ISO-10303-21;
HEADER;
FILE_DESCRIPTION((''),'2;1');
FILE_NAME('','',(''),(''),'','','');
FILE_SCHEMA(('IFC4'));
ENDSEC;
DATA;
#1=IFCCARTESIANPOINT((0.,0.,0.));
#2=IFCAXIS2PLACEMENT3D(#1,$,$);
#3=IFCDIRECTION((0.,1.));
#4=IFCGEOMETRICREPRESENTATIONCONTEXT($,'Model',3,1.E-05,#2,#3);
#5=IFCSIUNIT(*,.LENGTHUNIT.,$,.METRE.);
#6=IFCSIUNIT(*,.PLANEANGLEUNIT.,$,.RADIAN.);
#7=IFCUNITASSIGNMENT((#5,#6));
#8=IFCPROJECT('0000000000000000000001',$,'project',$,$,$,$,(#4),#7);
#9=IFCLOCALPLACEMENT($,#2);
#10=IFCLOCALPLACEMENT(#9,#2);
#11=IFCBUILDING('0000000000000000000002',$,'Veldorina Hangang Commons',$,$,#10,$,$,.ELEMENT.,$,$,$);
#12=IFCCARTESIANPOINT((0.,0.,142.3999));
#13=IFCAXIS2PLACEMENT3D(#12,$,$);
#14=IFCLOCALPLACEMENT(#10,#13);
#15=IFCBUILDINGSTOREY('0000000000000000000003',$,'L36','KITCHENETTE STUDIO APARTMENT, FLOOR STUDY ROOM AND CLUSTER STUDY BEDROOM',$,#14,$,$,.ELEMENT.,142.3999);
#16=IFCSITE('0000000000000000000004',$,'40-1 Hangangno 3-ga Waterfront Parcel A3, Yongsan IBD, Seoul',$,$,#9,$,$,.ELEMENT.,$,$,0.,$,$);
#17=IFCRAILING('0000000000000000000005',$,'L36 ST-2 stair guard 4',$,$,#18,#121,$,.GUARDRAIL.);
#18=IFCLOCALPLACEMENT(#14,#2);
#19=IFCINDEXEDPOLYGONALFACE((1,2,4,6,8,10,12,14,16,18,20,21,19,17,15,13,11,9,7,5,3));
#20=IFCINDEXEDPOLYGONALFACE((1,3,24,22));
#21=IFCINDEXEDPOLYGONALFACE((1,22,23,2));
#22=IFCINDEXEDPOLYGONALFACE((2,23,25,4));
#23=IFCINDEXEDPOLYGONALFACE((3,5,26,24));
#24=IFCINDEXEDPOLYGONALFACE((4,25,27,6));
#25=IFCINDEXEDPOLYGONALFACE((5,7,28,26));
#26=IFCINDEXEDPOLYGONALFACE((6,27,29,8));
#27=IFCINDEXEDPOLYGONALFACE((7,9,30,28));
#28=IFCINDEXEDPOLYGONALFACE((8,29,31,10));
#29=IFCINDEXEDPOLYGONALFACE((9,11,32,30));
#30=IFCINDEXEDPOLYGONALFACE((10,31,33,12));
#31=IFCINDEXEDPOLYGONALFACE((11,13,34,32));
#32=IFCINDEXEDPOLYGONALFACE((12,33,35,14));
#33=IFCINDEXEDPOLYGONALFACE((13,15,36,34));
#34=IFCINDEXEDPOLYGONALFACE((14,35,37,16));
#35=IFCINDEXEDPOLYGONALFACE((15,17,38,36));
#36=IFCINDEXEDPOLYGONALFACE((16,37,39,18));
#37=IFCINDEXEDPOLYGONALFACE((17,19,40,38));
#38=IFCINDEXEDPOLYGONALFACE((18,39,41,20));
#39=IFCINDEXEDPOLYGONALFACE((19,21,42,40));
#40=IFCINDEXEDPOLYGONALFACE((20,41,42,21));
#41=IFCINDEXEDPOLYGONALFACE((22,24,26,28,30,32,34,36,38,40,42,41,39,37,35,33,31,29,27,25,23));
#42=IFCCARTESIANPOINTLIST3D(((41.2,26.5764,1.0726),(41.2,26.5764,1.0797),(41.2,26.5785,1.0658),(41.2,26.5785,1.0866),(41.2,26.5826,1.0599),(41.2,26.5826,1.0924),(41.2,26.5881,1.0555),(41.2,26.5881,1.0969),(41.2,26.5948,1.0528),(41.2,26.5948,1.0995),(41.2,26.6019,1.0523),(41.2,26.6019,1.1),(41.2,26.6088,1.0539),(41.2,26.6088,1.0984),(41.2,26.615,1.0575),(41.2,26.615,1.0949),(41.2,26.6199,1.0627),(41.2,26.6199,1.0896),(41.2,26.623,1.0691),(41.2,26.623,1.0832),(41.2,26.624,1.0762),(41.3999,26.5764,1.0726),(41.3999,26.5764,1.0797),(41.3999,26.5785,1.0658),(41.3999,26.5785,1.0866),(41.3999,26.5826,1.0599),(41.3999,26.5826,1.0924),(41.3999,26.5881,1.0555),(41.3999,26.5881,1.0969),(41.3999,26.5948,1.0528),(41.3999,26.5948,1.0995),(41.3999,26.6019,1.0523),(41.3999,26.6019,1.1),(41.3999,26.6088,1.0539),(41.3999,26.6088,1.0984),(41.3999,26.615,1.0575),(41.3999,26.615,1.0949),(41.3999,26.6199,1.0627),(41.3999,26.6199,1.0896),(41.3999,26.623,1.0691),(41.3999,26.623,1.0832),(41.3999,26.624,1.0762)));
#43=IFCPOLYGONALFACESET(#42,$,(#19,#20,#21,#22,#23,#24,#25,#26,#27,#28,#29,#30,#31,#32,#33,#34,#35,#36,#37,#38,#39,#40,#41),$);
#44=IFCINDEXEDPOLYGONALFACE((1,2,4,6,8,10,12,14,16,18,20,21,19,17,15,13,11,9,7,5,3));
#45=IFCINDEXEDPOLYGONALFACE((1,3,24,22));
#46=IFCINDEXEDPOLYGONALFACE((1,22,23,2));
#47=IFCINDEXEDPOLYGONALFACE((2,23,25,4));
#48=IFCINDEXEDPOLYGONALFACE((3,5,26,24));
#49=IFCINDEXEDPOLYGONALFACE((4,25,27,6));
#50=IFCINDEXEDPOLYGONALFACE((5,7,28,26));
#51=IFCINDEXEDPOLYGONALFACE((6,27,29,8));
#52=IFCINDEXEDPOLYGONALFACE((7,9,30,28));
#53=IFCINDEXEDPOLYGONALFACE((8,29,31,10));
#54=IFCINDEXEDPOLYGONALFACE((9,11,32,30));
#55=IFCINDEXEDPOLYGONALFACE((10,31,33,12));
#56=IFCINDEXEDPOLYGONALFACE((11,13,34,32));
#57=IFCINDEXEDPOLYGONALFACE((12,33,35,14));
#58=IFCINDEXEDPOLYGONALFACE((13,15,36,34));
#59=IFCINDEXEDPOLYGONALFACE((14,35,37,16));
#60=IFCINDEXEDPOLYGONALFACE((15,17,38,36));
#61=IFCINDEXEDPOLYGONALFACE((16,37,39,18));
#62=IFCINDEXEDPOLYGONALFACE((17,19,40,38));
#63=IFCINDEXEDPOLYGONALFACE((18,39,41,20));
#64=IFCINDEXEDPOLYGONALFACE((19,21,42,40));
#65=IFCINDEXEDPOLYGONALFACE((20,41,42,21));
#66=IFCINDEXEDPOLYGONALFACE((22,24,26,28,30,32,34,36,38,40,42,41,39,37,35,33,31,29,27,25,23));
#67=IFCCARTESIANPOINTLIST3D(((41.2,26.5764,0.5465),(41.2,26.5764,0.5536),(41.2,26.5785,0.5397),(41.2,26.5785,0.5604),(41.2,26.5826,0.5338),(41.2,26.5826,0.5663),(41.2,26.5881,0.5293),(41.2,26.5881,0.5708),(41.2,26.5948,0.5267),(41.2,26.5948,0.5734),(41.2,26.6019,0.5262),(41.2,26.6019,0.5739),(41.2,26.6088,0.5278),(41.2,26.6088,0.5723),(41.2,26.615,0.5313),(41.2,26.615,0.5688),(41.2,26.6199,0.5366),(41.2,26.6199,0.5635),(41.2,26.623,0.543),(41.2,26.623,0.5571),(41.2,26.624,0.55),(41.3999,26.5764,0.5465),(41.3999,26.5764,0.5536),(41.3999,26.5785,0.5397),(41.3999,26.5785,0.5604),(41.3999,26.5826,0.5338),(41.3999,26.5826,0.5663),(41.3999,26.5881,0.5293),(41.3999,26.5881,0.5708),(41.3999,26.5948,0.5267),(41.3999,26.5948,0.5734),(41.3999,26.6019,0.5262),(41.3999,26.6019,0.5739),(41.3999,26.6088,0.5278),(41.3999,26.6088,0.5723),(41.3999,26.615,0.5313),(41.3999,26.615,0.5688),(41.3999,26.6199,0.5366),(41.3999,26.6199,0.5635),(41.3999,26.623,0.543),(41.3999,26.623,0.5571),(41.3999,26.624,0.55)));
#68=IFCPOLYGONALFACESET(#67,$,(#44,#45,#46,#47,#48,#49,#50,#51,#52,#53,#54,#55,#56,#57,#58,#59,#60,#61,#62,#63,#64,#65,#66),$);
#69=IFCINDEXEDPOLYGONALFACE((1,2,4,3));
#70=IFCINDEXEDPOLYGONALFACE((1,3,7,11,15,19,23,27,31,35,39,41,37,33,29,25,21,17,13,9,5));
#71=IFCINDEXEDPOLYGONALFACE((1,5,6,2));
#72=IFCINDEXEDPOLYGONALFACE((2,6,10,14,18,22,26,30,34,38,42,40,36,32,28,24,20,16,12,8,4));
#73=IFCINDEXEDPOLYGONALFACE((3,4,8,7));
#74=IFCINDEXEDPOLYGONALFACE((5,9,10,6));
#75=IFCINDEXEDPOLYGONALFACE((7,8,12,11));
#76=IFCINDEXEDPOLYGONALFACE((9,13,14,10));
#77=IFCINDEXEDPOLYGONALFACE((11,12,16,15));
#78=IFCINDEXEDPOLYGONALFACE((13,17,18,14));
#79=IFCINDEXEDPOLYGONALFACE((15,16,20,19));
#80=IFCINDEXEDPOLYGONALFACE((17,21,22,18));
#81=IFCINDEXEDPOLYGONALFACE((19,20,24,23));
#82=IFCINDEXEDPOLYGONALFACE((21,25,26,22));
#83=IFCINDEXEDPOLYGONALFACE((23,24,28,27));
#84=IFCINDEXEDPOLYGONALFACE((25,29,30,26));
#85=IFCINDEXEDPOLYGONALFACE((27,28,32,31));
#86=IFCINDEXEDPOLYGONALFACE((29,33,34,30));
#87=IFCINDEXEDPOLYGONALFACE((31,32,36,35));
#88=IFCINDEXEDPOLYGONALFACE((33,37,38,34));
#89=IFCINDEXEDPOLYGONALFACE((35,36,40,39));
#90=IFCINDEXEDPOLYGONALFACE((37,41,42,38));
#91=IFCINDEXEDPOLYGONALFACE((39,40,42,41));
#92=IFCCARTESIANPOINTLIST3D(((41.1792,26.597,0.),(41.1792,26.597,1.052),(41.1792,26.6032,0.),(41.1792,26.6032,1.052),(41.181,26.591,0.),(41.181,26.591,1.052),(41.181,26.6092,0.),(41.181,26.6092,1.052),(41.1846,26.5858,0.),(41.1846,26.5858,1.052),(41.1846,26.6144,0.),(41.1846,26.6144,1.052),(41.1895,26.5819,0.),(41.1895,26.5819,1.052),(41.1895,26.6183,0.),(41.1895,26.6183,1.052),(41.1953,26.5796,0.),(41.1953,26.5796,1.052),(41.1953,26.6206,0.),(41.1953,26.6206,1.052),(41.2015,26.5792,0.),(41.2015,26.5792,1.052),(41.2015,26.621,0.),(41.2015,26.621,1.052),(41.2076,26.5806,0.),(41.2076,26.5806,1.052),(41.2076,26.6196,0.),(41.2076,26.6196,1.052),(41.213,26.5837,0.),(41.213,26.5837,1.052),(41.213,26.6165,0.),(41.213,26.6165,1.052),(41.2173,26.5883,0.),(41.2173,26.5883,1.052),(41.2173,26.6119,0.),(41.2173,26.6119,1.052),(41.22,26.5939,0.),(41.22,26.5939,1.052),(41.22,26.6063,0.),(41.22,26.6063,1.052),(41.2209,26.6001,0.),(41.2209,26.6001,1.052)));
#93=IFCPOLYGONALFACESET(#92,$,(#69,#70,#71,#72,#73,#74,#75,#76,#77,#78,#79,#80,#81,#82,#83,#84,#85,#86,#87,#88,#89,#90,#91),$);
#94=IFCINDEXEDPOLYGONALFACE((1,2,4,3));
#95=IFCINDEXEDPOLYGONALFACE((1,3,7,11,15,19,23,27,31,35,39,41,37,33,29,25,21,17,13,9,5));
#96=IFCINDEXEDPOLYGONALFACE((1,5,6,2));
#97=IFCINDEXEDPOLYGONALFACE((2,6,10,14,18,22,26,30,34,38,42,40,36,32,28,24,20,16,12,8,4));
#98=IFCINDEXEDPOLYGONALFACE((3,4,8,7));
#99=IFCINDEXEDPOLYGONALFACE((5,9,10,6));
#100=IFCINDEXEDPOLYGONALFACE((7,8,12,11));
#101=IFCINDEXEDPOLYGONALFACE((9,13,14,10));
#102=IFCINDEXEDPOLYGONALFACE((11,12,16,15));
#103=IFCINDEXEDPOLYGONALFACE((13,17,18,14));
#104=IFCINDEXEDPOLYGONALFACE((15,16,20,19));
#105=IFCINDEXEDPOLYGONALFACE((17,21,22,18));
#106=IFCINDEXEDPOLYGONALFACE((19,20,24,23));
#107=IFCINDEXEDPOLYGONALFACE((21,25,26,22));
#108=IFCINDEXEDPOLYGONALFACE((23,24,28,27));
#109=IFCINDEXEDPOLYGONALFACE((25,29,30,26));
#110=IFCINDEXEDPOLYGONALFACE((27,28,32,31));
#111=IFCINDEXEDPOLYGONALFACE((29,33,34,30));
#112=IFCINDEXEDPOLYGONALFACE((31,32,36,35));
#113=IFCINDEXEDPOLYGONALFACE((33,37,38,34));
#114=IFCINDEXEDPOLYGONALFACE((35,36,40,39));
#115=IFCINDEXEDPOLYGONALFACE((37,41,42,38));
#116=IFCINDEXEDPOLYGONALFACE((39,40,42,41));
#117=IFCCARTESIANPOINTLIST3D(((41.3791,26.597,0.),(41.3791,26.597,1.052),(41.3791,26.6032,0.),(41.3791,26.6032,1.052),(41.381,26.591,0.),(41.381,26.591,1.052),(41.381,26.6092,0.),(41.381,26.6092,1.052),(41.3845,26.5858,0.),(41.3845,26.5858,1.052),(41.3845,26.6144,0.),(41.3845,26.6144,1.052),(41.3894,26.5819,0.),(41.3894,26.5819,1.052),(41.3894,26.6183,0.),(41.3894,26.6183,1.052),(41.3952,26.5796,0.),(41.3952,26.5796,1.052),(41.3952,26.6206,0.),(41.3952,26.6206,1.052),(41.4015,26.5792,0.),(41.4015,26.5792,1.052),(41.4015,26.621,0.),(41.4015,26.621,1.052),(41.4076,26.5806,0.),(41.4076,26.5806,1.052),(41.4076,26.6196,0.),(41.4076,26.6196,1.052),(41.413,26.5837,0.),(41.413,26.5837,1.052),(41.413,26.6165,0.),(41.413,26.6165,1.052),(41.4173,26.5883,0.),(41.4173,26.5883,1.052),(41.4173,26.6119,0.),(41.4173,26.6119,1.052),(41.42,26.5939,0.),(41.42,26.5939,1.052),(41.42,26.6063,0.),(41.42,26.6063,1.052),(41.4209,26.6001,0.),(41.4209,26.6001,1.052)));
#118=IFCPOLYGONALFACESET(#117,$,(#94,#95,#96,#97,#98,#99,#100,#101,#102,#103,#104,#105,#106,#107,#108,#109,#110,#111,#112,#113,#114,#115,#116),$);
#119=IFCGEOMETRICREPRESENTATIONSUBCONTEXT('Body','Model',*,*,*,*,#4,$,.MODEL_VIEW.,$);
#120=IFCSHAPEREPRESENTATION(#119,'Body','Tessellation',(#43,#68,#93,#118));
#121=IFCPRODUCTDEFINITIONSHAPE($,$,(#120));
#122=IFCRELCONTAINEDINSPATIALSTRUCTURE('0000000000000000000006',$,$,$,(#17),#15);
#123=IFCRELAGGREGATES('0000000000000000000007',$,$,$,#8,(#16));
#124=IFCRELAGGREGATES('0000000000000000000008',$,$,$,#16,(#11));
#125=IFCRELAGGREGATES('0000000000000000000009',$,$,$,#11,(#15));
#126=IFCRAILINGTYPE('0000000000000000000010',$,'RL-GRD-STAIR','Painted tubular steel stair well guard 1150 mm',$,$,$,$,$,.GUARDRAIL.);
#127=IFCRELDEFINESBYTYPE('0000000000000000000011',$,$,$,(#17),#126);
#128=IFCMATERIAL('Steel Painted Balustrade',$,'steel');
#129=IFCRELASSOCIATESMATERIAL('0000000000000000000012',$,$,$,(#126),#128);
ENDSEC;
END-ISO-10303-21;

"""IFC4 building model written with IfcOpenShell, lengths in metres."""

from ifc_helpers import new_model, si_unit, direction, frame, origin, origin_2d, place, context, subcontext, project, spatial, circle, extrude, material, type_object, element, save


model = new_model("IFC4")

# Units and contexts
model_context = context("Model", 3, precision=1e-05, world=origin(), true_north=direction((0.0, 1.0)))
body_context = subcontext(model_context, "Body", "Model", "MODEL_VIEW")
ifc_project = project(units=[si_unit("LENGTHUNIT", "METRE"), si_unit("PLANEANGLEUNIT", "RADIAN")], contexts=[model_context])

# Site, building, storey
site_placement = place(None, origin())
site = spatial("IfcSite", under=ifc_project, at=site_placement, Name="40-1 Hangangno 3-ga Waterfront Parcel A3, Yongsan IBD, Seoul", CompositionType="ELEMENT", RefElevation=0.0)
building_placement = place(site_placement, origin())
building = spatial("IfcBuilding", under=site, at=building_placement, Name="Veldorina Hangang Commons", CompositionType="ELEMENT")
storey_placement = place(building_placement, frame((0.0, 0.0, 142.3999)))
storey = spatial("IfcBuildingStorey", under=building, at=storey_placement, Name="L36", Description="KITCHENETTE STUDIO APARTMENT, FLOOR STUDY ROOM AND CLUSTER STUDY BEDROOM", CompositionType="ELEMENT", Elevation=142.3999)

# Railing
ifc_material_1 = material(Name="Steel Painted Balustrade", Category="steel")
railing_type_1 = type_object("IfcRailingType", Name="RL-GRD-STAIR", Description="Painted tubular steel stair well guard 1150 mm", PredefinedType="GUARDRAIL", material=ifc_material_1)
railing_1_placement = place(storey_placement, frame((41.2, 26.6001, 0.0)))
element("IfcRailing", 1, at=railing_1_placement, inside=storey, type_object=railing_type_1, Name="L36 ST-2 stair guard 4", PredefinedType="GUARDRAIL", context=body_context, shape_type="SweptSolid", body=[
    extrude(circle(Radius=0.0239, at=origin_2d()), frame((0.0, 0.0, 1.0762), z_axis=(1.0, 0.0, 0.0), x_axis=(0.0, 1.0, 0.0)), (0.0, 0.0, 1.0), 0.2),
    extrude(circle(Radius=0.0239, at=origin_2d()), frame((0.0, 0.0, 0.55), z_axis=(1.0, 0.0, 0.0), x_axis=(0.0, 1.0, 0.0)), (0.0, 0.0, 1.0), 0.2),
    extrude(circle(Radius=0.021, at=origin_2d()), origin(), (0.0, 0.0, 1.0), 1.052),
    extrude(circle(Radius=0.021, at=origin_2d()), frame((0.2, 0.0, 0.0)), (0.0, 0.0, 1.0), 1.052),
])

save(model, "model.ifc")
